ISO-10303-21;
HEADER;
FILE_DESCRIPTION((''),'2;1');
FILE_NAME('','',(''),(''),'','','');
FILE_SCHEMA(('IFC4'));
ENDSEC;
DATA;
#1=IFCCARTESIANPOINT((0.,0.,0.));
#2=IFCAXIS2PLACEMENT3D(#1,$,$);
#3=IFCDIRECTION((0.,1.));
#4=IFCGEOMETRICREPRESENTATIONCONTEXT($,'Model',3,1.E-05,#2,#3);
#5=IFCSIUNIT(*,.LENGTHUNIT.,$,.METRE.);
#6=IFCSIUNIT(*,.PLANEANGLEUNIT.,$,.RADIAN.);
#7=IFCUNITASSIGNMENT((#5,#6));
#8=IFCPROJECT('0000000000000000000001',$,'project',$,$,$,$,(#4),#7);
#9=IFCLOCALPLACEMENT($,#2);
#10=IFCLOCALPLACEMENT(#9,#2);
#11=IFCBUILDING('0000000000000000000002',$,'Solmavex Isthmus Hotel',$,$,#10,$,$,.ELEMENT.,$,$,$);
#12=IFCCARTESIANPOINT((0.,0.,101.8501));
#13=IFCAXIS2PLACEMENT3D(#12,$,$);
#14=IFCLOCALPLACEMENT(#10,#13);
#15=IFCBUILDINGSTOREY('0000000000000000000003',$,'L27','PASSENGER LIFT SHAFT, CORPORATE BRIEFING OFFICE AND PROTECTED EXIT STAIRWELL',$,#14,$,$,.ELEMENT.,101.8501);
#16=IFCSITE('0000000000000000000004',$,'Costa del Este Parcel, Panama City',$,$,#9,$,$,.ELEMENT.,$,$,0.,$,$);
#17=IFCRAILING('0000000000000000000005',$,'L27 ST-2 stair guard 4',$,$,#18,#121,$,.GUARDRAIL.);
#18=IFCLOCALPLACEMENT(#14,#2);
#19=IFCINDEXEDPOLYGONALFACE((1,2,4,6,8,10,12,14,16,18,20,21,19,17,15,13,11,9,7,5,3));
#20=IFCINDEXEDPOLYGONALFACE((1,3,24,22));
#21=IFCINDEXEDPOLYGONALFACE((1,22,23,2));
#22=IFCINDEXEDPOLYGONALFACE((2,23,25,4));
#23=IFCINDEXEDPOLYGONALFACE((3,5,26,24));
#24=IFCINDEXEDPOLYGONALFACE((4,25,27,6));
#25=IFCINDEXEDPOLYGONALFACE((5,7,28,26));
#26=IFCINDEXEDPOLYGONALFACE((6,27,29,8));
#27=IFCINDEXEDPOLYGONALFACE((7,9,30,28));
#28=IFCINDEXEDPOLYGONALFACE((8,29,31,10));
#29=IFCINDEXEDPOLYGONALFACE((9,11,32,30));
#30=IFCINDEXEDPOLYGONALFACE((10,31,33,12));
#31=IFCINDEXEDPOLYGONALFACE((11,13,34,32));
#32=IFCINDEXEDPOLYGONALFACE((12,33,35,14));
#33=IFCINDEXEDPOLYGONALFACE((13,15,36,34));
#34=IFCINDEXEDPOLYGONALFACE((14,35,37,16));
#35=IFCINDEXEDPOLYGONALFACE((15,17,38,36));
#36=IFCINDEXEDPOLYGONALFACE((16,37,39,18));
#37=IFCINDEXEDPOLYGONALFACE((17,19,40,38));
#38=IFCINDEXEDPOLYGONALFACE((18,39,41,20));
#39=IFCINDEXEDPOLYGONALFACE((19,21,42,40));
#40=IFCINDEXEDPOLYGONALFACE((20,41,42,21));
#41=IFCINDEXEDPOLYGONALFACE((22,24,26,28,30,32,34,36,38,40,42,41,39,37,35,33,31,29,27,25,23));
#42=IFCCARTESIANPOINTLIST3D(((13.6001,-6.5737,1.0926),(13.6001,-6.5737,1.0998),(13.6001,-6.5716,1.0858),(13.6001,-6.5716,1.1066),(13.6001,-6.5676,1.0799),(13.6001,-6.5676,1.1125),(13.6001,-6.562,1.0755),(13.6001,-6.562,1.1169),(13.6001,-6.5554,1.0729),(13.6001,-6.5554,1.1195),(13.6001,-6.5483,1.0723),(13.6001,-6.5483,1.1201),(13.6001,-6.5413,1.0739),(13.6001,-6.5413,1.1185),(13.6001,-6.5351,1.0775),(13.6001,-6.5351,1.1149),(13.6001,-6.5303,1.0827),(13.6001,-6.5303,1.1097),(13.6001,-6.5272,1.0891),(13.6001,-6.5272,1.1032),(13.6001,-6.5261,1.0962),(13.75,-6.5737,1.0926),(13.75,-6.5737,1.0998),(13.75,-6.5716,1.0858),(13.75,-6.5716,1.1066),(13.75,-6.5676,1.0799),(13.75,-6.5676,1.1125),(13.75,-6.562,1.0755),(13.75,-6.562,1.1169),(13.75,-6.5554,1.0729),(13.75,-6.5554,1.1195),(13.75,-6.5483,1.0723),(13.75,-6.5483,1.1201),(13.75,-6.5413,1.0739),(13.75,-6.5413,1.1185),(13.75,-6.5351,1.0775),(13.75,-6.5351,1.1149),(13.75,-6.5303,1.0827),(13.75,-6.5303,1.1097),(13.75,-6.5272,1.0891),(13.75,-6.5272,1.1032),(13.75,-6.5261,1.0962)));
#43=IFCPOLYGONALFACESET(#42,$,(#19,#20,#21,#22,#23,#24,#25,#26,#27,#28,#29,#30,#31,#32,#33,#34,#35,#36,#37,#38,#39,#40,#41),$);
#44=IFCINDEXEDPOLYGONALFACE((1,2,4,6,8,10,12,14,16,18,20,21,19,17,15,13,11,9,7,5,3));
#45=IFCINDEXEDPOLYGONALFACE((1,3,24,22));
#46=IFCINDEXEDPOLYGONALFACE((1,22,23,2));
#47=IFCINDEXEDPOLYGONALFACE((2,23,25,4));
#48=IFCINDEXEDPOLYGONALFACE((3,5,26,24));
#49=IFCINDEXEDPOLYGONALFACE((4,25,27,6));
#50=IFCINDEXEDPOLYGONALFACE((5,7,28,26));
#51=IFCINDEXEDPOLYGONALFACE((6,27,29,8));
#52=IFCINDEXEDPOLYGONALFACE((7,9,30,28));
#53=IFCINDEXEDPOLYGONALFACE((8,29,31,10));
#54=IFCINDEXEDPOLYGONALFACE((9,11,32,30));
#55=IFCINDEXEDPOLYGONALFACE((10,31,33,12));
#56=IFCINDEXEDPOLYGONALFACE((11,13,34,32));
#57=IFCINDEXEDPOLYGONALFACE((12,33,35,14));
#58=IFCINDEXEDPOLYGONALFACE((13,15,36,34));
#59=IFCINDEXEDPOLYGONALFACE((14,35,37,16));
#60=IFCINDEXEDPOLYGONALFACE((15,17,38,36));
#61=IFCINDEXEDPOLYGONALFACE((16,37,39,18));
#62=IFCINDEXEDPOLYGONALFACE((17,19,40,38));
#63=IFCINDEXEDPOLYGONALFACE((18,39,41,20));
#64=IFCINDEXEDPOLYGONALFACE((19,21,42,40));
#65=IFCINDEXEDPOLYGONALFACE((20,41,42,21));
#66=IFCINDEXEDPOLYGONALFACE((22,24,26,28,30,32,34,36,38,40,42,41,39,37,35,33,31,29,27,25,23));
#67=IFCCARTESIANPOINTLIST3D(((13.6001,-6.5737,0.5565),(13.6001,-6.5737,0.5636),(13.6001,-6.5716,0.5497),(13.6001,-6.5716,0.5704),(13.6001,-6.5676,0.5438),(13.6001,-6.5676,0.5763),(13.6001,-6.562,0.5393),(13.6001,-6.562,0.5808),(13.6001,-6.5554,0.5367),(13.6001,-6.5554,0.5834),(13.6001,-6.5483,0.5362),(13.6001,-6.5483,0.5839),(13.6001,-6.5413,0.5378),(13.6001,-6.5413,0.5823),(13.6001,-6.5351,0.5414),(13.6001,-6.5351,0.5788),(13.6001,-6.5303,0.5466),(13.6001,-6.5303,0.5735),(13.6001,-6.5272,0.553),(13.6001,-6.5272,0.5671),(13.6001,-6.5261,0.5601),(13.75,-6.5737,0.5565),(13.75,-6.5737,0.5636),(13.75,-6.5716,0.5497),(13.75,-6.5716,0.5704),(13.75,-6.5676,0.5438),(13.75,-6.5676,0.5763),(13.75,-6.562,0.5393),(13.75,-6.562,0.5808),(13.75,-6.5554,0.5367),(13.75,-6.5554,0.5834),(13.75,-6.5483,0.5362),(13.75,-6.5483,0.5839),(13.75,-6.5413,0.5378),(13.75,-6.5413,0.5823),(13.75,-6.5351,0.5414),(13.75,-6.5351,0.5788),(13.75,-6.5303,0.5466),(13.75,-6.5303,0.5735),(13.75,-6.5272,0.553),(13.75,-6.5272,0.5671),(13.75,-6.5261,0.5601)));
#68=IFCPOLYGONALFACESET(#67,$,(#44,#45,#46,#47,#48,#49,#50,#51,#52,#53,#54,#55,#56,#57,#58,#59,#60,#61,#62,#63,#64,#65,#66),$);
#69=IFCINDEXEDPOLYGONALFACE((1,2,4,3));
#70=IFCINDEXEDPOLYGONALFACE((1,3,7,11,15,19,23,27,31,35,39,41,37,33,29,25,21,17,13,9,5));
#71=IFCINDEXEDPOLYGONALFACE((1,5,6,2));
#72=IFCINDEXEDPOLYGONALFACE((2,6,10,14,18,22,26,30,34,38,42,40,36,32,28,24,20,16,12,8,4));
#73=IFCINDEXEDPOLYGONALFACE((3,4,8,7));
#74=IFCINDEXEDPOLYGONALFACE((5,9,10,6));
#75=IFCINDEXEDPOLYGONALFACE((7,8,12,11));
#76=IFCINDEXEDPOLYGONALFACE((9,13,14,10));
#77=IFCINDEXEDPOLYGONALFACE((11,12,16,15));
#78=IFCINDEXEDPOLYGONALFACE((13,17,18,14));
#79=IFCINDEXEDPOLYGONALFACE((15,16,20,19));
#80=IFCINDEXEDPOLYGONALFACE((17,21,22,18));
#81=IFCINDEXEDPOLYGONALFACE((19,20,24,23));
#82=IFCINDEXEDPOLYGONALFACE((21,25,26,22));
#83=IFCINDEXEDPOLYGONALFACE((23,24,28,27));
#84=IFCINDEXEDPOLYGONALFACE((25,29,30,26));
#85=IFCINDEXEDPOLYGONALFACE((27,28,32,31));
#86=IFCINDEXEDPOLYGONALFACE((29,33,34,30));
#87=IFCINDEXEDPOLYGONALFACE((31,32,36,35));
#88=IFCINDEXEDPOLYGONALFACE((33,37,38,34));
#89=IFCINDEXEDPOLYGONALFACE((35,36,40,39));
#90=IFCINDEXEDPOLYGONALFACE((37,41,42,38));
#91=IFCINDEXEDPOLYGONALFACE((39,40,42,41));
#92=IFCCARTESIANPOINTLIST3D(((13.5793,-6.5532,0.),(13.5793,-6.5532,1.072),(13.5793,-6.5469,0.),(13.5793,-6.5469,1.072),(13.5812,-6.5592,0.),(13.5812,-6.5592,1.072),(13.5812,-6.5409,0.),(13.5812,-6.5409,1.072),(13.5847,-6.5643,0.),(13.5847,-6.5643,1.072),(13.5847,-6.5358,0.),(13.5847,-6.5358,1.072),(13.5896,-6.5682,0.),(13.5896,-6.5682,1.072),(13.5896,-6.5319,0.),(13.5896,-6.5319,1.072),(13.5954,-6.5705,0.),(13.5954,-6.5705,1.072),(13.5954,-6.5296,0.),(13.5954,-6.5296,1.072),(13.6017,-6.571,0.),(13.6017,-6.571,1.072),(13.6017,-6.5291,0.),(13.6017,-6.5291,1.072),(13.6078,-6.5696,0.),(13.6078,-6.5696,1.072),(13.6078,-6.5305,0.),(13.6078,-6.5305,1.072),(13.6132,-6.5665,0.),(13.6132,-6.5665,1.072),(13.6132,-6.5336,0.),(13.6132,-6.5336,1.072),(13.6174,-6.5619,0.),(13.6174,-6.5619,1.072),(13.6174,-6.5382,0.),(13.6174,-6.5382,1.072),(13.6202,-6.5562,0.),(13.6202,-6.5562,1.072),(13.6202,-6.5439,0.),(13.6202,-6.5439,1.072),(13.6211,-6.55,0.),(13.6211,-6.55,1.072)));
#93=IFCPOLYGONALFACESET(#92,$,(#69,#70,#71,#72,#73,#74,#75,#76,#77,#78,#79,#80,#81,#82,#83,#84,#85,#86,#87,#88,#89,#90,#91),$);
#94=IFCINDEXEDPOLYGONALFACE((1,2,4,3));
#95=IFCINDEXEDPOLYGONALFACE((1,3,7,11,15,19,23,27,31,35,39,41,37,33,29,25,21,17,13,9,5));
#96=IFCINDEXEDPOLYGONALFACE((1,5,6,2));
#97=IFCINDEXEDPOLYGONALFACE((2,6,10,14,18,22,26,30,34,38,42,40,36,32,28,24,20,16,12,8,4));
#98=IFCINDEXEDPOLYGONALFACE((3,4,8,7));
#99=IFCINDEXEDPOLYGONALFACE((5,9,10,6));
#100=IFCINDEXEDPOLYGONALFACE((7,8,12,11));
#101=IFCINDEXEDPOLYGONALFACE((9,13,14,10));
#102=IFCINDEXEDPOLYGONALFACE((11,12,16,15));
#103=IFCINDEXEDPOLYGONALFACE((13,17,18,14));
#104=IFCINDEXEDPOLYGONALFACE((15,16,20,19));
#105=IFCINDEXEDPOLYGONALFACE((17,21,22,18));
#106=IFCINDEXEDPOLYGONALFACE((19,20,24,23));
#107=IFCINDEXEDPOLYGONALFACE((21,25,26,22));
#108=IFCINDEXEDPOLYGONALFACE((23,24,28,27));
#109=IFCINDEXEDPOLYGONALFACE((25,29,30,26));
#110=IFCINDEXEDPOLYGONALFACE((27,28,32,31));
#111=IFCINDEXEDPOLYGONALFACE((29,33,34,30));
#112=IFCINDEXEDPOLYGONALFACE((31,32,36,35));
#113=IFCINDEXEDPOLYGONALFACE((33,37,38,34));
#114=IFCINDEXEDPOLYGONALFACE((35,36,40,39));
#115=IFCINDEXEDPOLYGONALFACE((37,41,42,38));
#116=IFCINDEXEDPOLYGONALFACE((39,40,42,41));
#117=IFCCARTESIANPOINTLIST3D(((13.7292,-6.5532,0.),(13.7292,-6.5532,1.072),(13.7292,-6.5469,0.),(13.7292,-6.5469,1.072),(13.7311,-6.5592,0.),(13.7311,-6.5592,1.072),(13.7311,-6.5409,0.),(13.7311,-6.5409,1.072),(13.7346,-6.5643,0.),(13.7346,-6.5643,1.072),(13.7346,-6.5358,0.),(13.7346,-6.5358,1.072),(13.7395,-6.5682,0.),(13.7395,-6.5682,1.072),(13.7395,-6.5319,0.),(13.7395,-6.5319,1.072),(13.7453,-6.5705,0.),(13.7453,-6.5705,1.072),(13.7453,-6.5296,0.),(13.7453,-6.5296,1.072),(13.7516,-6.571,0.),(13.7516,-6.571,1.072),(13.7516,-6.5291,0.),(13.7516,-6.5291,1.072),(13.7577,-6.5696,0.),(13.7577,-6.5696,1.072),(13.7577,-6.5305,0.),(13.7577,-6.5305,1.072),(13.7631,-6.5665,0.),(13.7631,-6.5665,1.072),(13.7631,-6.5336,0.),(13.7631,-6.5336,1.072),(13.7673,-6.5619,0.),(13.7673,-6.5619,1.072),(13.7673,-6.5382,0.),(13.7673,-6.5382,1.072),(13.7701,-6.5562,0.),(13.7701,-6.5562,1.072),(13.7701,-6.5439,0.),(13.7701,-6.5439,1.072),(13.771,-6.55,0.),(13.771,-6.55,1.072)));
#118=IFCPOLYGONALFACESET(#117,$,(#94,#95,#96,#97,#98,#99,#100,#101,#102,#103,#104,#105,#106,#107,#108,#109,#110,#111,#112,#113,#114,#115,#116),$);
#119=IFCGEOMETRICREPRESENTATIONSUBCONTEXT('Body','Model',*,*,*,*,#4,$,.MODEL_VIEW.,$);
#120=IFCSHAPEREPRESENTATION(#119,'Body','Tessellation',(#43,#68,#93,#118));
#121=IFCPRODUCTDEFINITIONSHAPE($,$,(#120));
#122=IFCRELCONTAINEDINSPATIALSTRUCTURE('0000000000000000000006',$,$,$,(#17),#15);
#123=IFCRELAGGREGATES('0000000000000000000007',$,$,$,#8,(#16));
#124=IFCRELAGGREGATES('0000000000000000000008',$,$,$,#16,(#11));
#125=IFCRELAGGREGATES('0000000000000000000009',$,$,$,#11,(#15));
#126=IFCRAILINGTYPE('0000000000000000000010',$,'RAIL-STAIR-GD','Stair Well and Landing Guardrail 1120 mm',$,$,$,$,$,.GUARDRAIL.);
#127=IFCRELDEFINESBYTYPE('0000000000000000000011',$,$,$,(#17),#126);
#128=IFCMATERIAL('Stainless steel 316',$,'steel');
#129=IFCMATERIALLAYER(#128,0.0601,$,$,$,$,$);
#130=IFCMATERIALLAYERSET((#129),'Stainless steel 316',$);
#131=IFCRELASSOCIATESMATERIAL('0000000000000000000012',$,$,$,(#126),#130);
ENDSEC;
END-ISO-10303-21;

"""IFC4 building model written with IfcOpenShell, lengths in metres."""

from ifc_helpers import new_model, si_unit, direction, frame, origin, origin_2d, place, context, subcontext, project, spatial, circle, extrude, material, layer, layer_set, type_object, element, save


model = new_model("IFC4")

# Units and contexts
model_context = context("Model", 3, precision=1e-05, world=origin(), true_north=direction((0.0, 1.0)))
body_context = subcontext(model_context, "Body", "Model", "MODEL_VIEW")
ifc_project = project(units=[si_unit("LENGTHUNIT", "METRE"), si_unit("PLANEANGLEUNIT", "RADIAN")], contexts=[model_context])

# Site, building, storey
site_placement = place(None, origin())
site = spatial("IfcSite", under=ifc_project, at=site_placement, Name="Costa del Este Parcel, Panama City", CompositionType="ELEMENT", RefElevation=0.0)
building_placement = place(site_placement, origin())
building = spatial("IfcBuilding", under=site, at=building_placement, Name="Solmavex Isthmus Hotel", CompositionType="ELEMENT")
storey_placement = place(building_placement, frame((0.0, 0.0, 101.8501)))
storey = spatial("IfcBuildingStorey", under=building, at=storey_placement, Name="L27", Description="PASSENGER LIFT SHAFT, CORPORATE BRIEFING OFFICE AND PROTECTED EXIT STAIRWELL", CompositionType="ELEMENT", Elevation=101.8501)

# Shared definitions
ifc_material_1 = material(Name="Stainless steel 316", Category="steel")

# Railing
ifc_layer_1 = layer(ifc_material_1, 0.0601)
ifc_layer_set_1 = layer_set([ifc_layer_1], Name="Stainless steel 316")
railing_type_1 = type_object("IfcRailingType", Name="RAIL-STAIR-GD", Description="Stair Well and Landing Guardrail 1120 mm", PredefinedType="GUARDRAIL", material=ifc_layer_set_1)
railing_1_placement = place(storey_placement, frame((13.6001, -6.55, 0.0)))
element("IfcRailing", 1, at=railing_1_placement, inside=storey, type_object=railing_type_1, Name="L27 ST-2 stair guard 4", PredefinedType="GUARDRAIL", context=body_context, shape_type="SweptSolid", body=[
    extrude(circle(Radius=0.0239, at=origin_2d()), frame((0.0, 0.0, 1.0962), z_axis=(1.0, 0.0, 0.0), x_axis=(0.0, 1.0, 0.0)), (0.0, 0.0, 1.0), 0.1499),
    extrude(circle(Radius=0.0239, at=origin_2d()), frame((0.0, 0.0, 0.5601), z_axis=(1.0, 0.0, 0.0), x_axis=(0.0, 1.0, 0.0)), (0.0, 0.0, 1.0), 0.1499),
    extrude(circle(Radius=0.021, at=origin_2d()), origin(), (0.0, 0.0, 1.0), 1.072),
    extrude(circle(Radius=0.021, at=origin_2d()), frame((0.1499, 0.0, 0.0)), (0.0, 0.0, 1.0), 1.072),
])

save(model, "model.ifc")
